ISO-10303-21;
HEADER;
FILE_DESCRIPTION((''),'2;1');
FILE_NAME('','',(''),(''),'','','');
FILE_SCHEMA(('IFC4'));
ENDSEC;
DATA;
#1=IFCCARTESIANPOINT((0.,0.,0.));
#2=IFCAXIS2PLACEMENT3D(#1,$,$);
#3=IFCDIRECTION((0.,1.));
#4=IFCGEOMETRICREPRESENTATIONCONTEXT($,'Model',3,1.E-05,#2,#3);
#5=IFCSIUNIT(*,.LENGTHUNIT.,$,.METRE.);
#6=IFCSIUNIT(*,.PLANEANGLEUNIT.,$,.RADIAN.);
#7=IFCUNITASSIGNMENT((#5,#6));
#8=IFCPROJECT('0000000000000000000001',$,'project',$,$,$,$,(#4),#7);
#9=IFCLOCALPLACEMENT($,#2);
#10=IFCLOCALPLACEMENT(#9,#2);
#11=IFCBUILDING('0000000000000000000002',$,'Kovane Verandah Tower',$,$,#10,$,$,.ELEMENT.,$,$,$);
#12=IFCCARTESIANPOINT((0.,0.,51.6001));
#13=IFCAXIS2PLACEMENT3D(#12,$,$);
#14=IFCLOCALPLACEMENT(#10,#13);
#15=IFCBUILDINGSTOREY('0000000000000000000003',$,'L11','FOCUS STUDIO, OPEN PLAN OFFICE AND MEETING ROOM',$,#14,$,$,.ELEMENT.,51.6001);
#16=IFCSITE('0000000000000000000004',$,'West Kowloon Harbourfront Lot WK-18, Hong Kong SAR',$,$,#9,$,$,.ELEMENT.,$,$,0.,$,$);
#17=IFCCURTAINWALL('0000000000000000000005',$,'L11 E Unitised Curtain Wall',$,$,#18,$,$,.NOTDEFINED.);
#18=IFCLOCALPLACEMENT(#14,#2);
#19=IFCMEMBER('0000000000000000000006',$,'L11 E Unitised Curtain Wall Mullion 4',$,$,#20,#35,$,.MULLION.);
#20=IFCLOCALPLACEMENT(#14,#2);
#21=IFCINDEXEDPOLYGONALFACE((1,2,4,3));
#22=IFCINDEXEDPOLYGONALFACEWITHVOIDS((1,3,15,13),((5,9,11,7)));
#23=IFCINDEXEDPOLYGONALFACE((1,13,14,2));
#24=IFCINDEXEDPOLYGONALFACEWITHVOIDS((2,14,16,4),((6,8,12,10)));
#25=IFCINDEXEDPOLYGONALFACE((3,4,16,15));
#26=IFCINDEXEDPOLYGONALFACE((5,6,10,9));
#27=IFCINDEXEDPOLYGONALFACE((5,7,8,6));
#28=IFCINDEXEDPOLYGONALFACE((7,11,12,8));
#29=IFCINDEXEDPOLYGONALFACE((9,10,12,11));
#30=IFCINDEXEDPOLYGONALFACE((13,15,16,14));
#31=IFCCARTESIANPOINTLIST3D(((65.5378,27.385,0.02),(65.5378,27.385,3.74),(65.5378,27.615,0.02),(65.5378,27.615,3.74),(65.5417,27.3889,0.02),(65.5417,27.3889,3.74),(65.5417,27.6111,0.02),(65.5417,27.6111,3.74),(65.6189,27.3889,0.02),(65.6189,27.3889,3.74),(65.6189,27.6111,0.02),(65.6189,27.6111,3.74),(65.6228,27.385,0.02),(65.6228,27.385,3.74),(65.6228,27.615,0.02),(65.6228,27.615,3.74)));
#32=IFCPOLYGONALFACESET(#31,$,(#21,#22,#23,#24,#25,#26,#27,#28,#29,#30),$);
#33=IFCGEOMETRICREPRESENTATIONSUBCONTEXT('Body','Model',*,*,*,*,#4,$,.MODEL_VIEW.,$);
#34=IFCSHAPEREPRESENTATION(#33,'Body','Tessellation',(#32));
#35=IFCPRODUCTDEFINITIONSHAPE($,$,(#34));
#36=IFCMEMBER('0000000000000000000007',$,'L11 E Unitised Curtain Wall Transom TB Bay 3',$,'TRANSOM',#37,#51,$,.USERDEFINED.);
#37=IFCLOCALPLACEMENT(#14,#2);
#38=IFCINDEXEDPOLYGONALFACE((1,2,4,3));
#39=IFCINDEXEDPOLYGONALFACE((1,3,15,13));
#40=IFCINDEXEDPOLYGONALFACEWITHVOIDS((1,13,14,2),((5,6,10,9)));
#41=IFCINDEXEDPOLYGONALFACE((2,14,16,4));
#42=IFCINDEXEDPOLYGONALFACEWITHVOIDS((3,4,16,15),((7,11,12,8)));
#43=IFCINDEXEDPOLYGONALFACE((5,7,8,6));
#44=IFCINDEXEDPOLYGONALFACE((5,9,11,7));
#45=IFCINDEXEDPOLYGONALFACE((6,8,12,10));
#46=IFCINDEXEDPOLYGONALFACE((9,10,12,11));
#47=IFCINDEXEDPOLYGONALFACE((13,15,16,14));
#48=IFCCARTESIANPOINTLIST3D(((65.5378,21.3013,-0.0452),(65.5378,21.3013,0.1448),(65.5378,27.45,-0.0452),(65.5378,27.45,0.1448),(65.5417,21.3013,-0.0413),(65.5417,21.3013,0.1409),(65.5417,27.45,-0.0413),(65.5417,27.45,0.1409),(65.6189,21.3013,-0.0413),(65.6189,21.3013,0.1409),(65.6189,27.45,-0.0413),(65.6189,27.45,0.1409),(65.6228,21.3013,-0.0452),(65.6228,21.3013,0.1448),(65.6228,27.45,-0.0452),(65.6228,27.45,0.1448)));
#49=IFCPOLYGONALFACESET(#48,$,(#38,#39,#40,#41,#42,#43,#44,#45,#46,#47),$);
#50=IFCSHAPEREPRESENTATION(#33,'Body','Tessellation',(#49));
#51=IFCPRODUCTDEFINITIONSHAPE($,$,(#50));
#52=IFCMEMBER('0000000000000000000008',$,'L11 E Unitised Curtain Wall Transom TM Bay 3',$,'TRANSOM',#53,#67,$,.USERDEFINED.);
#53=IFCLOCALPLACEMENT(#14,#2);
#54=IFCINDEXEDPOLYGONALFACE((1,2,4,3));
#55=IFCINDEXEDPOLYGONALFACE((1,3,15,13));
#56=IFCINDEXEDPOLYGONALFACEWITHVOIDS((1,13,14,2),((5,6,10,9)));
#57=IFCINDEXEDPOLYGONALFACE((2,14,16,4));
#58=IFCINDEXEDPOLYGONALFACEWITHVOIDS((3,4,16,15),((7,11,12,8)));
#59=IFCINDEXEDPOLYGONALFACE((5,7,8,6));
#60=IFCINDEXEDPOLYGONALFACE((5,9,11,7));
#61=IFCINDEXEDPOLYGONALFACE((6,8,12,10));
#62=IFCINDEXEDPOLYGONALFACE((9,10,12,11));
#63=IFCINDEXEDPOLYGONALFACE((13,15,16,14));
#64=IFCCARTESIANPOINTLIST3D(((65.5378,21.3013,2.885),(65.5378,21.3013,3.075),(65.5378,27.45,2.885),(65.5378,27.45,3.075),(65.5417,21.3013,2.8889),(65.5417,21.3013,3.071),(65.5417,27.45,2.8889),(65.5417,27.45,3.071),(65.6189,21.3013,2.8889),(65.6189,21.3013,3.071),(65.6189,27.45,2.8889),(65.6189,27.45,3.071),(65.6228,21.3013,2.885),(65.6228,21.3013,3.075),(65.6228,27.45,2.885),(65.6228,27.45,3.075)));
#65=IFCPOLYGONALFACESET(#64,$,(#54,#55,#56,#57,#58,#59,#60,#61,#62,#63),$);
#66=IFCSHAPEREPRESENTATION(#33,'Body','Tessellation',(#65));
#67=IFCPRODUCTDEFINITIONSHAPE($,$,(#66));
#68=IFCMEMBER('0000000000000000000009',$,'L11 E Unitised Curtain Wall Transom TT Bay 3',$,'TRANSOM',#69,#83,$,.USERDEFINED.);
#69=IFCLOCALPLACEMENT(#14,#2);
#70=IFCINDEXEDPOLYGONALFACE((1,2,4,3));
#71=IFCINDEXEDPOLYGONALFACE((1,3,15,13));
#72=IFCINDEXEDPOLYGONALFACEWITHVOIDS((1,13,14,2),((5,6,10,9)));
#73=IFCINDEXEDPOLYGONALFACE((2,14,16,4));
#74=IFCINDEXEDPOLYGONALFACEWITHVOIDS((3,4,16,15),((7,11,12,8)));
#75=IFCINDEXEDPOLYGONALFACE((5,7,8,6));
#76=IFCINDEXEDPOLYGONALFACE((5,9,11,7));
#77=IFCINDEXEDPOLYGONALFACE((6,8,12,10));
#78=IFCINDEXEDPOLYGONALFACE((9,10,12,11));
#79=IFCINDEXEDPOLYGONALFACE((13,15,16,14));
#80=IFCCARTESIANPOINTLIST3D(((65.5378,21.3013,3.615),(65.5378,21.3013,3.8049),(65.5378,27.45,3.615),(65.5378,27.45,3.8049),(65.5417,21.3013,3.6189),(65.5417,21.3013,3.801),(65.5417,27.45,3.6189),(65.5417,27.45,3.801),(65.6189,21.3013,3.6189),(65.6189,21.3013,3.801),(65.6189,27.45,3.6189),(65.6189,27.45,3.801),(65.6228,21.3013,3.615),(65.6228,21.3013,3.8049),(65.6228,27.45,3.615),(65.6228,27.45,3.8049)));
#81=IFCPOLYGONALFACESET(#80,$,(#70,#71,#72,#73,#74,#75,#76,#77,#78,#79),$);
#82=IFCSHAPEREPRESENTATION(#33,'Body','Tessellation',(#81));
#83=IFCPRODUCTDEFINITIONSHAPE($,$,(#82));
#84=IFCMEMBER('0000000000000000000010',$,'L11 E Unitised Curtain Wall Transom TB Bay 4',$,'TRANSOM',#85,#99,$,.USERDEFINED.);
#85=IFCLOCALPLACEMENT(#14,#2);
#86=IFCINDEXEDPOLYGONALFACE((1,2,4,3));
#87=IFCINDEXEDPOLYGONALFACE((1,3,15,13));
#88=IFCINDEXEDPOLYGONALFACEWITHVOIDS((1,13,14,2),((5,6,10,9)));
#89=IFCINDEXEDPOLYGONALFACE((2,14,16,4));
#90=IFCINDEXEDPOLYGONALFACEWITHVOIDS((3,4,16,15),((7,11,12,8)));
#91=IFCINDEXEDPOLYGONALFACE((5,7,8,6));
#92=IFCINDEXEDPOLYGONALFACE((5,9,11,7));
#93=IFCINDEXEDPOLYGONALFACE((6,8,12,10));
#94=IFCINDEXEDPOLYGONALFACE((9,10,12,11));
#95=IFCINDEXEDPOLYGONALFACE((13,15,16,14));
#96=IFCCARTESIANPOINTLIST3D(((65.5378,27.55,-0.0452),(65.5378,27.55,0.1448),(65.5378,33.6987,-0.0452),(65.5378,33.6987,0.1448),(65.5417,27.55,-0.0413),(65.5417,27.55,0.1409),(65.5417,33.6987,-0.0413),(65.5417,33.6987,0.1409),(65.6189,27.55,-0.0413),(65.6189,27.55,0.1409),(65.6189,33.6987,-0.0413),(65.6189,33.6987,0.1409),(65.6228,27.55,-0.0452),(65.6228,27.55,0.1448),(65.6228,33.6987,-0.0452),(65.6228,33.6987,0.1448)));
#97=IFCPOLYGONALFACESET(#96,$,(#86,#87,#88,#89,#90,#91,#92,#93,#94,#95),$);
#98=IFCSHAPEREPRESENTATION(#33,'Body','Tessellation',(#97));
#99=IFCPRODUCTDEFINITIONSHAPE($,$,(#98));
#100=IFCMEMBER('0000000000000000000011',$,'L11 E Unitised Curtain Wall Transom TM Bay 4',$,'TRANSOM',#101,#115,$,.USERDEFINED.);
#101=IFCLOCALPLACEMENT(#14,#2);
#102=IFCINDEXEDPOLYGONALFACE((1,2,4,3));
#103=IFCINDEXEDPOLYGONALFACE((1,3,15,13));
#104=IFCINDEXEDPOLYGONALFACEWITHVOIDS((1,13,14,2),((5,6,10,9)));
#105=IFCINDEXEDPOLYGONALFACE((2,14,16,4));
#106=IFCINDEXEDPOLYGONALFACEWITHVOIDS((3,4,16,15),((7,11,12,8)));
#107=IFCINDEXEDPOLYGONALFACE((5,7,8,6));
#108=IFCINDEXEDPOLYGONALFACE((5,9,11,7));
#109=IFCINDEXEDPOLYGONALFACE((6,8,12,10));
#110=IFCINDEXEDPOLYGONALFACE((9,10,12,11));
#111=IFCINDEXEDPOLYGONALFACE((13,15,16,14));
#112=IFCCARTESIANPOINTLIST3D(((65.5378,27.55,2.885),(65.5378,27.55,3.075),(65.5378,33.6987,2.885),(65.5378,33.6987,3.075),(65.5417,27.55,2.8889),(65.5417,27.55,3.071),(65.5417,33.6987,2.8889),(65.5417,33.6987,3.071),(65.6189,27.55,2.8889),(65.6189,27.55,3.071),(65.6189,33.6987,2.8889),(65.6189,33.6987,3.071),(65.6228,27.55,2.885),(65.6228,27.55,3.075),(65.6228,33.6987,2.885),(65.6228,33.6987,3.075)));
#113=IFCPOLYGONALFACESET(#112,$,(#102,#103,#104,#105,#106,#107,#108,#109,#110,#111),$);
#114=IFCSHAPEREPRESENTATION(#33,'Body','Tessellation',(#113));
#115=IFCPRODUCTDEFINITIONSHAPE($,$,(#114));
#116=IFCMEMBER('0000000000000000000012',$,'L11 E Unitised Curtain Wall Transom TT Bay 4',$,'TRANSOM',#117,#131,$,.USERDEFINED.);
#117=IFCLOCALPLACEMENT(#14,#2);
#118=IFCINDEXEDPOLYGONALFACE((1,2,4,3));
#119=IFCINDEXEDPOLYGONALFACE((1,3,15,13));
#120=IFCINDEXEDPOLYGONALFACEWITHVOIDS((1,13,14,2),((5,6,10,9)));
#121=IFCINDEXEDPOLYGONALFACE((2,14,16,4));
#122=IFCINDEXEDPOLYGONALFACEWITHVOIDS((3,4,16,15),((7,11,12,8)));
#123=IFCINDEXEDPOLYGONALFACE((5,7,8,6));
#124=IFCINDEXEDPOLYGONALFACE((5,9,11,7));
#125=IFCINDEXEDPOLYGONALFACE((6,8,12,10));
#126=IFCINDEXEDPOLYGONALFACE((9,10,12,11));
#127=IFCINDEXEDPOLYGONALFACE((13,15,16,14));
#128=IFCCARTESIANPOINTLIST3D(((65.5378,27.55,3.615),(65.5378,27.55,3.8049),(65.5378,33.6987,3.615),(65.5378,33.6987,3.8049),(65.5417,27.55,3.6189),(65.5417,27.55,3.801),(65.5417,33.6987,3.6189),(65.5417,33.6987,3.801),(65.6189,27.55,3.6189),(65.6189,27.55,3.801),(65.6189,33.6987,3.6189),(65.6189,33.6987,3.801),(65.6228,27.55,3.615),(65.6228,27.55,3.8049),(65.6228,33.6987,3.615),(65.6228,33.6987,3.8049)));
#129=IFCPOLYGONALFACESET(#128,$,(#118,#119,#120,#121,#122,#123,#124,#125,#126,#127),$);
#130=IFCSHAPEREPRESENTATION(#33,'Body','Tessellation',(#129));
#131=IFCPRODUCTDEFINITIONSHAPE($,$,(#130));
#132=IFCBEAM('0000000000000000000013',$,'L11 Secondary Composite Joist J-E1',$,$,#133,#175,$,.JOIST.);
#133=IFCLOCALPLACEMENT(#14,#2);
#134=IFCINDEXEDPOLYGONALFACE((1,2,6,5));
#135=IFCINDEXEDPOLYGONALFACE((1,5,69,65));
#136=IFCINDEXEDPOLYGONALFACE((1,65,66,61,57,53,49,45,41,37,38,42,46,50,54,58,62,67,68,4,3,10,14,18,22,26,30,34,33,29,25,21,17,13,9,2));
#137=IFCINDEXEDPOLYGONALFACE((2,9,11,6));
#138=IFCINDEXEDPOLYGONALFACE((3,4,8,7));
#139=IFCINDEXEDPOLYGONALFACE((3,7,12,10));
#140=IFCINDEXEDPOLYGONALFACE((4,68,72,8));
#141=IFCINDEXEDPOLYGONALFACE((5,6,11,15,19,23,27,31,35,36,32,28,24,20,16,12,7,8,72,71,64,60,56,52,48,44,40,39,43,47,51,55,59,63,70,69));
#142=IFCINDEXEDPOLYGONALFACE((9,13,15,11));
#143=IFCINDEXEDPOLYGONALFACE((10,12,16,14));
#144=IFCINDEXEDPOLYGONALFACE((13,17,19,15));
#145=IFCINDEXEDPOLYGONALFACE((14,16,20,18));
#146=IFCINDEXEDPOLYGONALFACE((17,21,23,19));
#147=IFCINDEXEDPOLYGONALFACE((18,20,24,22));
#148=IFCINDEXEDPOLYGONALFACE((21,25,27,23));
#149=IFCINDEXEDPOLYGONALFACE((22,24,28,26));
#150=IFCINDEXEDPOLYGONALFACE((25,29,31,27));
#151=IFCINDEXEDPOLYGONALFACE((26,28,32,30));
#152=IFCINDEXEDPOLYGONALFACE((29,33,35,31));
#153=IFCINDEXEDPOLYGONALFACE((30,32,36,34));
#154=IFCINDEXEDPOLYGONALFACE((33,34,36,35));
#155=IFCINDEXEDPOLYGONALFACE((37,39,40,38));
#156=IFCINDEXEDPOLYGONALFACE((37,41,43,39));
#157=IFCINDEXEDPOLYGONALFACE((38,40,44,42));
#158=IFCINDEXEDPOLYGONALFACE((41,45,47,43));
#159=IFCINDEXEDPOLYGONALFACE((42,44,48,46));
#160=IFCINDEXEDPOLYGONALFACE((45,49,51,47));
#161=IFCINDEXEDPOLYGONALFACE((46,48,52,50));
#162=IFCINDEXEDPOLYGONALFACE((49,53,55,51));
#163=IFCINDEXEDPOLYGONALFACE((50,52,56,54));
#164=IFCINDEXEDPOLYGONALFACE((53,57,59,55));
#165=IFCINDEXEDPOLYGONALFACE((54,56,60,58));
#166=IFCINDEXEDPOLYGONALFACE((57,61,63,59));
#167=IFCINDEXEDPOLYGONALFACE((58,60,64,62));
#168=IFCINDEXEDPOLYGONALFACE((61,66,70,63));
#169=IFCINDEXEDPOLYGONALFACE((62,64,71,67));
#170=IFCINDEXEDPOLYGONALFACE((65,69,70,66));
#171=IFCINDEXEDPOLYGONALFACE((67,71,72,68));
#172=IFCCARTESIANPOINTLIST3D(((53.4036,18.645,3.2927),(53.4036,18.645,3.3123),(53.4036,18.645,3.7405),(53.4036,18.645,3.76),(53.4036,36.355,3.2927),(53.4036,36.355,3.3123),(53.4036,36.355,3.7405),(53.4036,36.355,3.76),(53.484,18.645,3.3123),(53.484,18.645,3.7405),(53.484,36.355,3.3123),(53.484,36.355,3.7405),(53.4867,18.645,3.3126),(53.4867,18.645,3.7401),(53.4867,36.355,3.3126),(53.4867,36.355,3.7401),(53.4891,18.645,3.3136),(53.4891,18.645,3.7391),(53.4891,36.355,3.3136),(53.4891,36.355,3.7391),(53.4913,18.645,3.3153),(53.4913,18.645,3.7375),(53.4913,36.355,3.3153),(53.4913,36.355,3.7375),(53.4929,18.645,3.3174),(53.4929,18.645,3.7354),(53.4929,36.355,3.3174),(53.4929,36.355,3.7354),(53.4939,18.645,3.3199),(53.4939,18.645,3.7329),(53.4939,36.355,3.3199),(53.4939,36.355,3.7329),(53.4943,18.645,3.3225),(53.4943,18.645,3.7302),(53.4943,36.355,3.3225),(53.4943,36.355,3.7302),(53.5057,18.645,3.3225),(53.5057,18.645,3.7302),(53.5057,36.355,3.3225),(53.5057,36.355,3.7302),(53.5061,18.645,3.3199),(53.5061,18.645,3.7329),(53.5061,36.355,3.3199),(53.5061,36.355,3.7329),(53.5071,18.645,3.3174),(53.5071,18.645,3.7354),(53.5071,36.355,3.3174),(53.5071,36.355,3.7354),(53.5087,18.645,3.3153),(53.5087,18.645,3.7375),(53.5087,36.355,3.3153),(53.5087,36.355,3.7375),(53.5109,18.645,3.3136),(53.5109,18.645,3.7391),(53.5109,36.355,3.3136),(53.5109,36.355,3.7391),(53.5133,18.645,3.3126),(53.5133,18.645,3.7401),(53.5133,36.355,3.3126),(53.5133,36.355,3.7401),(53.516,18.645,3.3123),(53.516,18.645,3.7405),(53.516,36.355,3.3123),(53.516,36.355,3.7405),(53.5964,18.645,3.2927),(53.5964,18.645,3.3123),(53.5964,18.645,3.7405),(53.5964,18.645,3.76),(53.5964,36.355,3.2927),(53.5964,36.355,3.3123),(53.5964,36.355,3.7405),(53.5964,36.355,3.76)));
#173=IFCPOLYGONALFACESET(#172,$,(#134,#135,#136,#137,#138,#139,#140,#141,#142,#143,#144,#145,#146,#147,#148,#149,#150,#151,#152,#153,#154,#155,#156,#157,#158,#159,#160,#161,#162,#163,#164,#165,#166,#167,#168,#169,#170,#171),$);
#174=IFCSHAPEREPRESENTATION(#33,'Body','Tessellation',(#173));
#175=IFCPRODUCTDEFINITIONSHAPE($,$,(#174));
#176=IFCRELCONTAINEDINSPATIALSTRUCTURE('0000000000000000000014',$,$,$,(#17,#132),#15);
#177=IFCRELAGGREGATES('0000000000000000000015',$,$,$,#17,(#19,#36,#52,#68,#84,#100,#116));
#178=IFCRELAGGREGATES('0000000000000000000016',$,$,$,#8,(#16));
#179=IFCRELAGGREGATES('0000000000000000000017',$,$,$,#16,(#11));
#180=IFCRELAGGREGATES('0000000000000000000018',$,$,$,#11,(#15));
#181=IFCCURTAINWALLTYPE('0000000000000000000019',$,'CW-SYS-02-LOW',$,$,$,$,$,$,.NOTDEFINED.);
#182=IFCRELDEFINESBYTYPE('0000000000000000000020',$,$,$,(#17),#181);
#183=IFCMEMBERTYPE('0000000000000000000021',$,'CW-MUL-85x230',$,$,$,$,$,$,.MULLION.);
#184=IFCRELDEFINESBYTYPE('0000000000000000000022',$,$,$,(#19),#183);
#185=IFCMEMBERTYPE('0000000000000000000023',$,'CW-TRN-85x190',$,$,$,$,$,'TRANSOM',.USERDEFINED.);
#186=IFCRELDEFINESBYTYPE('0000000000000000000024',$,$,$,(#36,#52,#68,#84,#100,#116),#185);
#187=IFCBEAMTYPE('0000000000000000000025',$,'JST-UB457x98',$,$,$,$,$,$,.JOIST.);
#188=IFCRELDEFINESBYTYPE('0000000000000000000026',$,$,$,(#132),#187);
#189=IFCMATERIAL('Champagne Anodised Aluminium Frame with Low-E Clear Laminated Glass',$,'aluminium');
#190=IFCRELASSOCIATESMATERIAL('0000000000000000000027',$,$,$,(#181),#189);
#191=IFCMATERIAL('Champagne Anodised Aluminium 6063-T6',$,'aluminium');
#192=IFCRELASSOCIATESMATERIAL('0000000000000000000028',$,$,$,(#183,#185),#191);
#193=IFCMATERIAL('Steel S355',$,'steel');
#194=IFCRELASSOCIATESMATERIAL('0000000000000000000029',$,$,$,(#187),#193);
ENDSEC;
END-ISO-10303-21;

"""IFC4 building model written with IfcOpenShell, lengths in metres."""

from ifc_helpers import new_model, si_unit, direction, frame, origin, origin_2d, place, context, subcontext, project, spatial, hollow_rectangle, i_section, extrude, material, material_profile, profile_set, type_object, element, aggregate, save


model = new_model("IFC4")

# Units and contexts
model_context = context("Model", 3, precision=1e-05, world=origin(), true_north=direction((0.0, 1.0)))
body_context = subcontext(model_context, "Body", "Model", "MODEL_VIEW")
ifc_project = project(units=[si_unit("LENGTHUNIT", "METRE"), si_unit("PLANEANGLEUNIT", "RADIAN")], contexts=[model_context])

# Site, building, storey
site_placement = place(None, origin())
site = spatial("IfcSite", under=ifc_project, at=site_placement, Name="West Kowloon Harbourfront Lot WK-18, Hong Kong SAR", CompositionType="ELEMENT", RefElevation=0.0)
building_placement = place(site_placement, origin())
building = spatial("IfcBuilding", under=site, at=building_placement, Name="Kovane Verandah Tower", CompositionType="ELEMENT")
storey_placement = place(building_placement, frame((0.0, 0.0, 51.6001)))
storey = spatial("IfcBuildingStorey", under=building, at=storey_placement, Name="L11", Description="FOCUS STUDIO, OPEN PLAN OFFICE AND MEETING ROOM", CompositionType="ELEMENT", Elevation=51.6001)

# Shared definitions
ifc_material_1 = material(Name="Steel S355", Category="steel")

# Curtain wall, members
ifc_material_2 = material(Name="Champagne Anodised Aluminium Frame with Low-E Clear Laminated Glass", Category="aluminium")
curtain_wall_type = type_object("IfcCurtainWallType", Name="CW-SYS-02-LOW", PredefinedType="NOTDEFINED", material=ifc_material_2)
curtain_wall_placement = place(storey_placement, origin())
curtain_wall = element("IfcCurtainWall", 1, at=curtain_wall_placement, inside=storey, type_object=curtain_wall_type, Name="L11 E Unitised Curtain Wall", PredefinedType="NOTDEFINED")
ifc_material_3 = material(Name="Champagne Anodised Aluminium 6063-T6", Category="aluminium")
ifc_material_profile_1 = material_profile(ifc_material_3, hollow_rectangle(XDim=0.085, YDim=0.23, WallThickness=0.0039, at=origin_2d()), Name="AL85x230x4")
ifc_profile_set_1 = profile_set([ifc_material_profile_1], Name="Champagne Anodised Aluminium 6063-T6")
member_type_1 = type_object("IfcMemberType", Name="CW-MUL-85x230", PredefinedType="MULLION", material=ifc_profile_set_1)
member_1_placement = place(storey_placement, frame((65.5803, 27.5, 0.02), z_axis=(0.0, 0.0, 1.0), x_axis=(1.0, 0.0, 0.0)))
member_1 = element("IfcMember", 2, at=member_1_placement, type_object=member_type_1, Name="L11 E Unitised Curtain Wall Mullion 4", PredefinedType="MULLION", context=body_context, shape_type="SweptSolid", body=[
    extrude(hollow_rectangle(XDim=0.085, YDim=0.23, WallThickness=0.0039, at=origin_2d()), origin(), (0.0, 0.0, 1.0), 3.72),
])
ifc_material_profile_2 = material_profile(ifc_material_3, hollow_rectangle(XDim=0.085, YDim=0.1899, WallThickness=0.0039, at=origin_2d()), Name="AL85x190x4")
ifc_profile_set_2 = profile_set([ifc_material_profile_2], Name="Champagne Anodised Aluminium 6063-T6")
member_type_2 = type_object("IfcMemberType", Name="CW-TRN-85x190", ElementType="TRANSOM", PredefinedType="USERDEFINED", material=ifc_profile_set_2)
member_2_placement = place(storey_placement, frame((65.5803, 21.3013, 0.0498), z_axis=(0.0, 1.0, 0.0), x_axis=(-1.0, 0.0, 0.0)))
member_2 = element("IfcMember", 3, at=member_2_placement, type_object=member_type_2, Name="L11 E Unitised Curtain Wall Transom TB Bay 3", ObjectType="TRANSOM", PredefinedType="USERDEFINED", context=body_context, shape_type="SweptSolid", body=[
    extrude(hollow_rectangle(XDim=0.085, YDim=0.1899, WallThickness=0.0039, at=origin_2d()), origin(), (0.0, 0.0, 1.0), 6.1487),
])
member_3_placement = place(storey_placement, frame((65.5803, 21.3013, 2.98), z_axis=(0.0, 1.0, 0.0), x_axis=(-1.0, 0.0, 0.0)))
member_3 = element("IfcMember", 4, at=member_3_placement, type_object=member_type_2, Name="L11 E Unitised Curtain Wall Transom TM Bay 3", ObjectType="TRANSOM", PredefinedType="USERDEFINED", context=body_context, shape_type="SweptSolid", body=[
    extrude(hollow_rectangle(XDim=0.085, YDim=0.1899, WallThickness=0.0039, at=origin_2d()), origin(), (0.0, 0.0, 1.0), 6.1487),
])
member_4_placement = place(storey_placement, frame((65.5803, 21.3013, 3.71), z_axis=(0.0, 1.0, 0.0), x_axis=(-1.0, 0.0, 0.0)))
member_4 = element("IfcMember", 5, at=member_4_placement, type_object=member_type_2, Name="L11 E Unitised Curtain Wall Transom TT Bay 3", ObjectType="TRANSOM", PredefinedType="USERDEFINED", context=body_context, shape_type="SweptSolid", body=[
    extrude(hollow_rectangle(XDim=0.085, YDim=0.1899, WallThickness=0.0039, at=origin_2d()), origin(), (0.0, 0.0, 1.0), 6.1487),
])
member_5_placement = place(storey_placement, frame((65.5803, 27.55, 0.0498), z_axis=(0.0, 1.0, 0.0), x_axis=(-1.0, 0.0, 0.0)))
member_5 = element("IfcMember", 6, at=member_5_placement, type_object=member_type_2, Name="L11 E Unitised Curtain Wall Transom TB Bay 4", ObjectType="TRANSOM", PredefinedType="USERDEFINED", context=body_context, shape_type="SweptSolid", body=[
    extrude(hollow_rectangle(XDim=0.085, YDim=0.1899, WallThickness=0.0039, at=origin_2d()), origin(), (0.0, 0.0, 1.0), 6.1487),
])
member_6_placement = place(storey_placement, frame((65.5803, 27.55, 2.98), z_axis=(0.0, 1.0, 0.0), x_axis=(-1.0, 0.0, 0.0)))
member_6 = element("IfcMember", 7, at=member_6_placement, type_object=member_type_2, Name="L11 E Unitised Curtain Wall Transom TM Bay 4", ObjectType="TRANSOM", PredefinedType="USERDEFINED", context=body_context, shape_type="SweptSolid", body=[
    extrude(hollow_rectangle(XDim=0.085, YDim=0.1899, WallThickness=0.0039, at=origin_2d()), origin(), (0.0, 0.0, 1.0), 6.1487),
])
member_7_placement = place(storey_placement, frame((65.5803, 27.55, 3.71), z_axis=(0.0, 1.0, 0.0), x_axis=(-1.0, 0.0, 0.0)))
member_7 = element("IfcMember", 8, at=member_7_placement, type_object=member_type_2, Name="L11 E Unitised Curtain Wall Transom TT Bay 4", ObjectType="TRANSOM", PredefinedType="USERDEFINED", context=body_context, shape_type="SweptSolid", body=[
    extrude(hollow_rectangle(XDim=0.085, YDim=0.1899, WallThickness=0.0039, at=origin_2d()), origin(), (0.0, 0.0, 1.0), 6.1487),
])

# Beam
ifc_material_profile_3 = material_profile(ifc_material_1, i_section(OverallWidth=0.1929, OverallDepth=0.4673, WebThickness=0.0115, FlangeThickness=0.0195, FilletRadius=0.0103, at=origin_2d()), Name="UB457x191x98")
ifc_profile_set_3 = profile_set([ifc_material_profile_3], Name="Steel S355")
beam_type_1 = type_object("IfcBeamType", Name="JST-UB457x98", PredefinedType="JOIST", material=ifc_profile_set_3)
for number, where, z_axis, x_axis, name in (
    (9, (53.5, 18.645, 3.5264), (0.0, 1.0, 0.0), (-1.0, 0.0, 0.0), "L11 Secondary Composite Joist J-E1"),
):
    element("IfcBeam", number, at=place(storey_placement, frame(where, z_axis=z_axis, x_axis=x_axis)), inside=storey, type_object=beam_type_1, Name=name, PredefinedType="JOIST", context=body_context, shape_type="SweptSolid", body=[
        extrude(i_section(OverallWidth=0.1929, OverallDepth=0.4673, WebThickness=0.0115, FlangeThickness=0.0195, FilletRadius=0.0103, at=origin_2d()), origin(), (0.0, 0.0, 1.0), 17.71),
    ])

aggregate(curtain_wall, [member_1, member_2, member_3, member_4, member_5, member_6, member_7])

save(model, "model.ifc")
